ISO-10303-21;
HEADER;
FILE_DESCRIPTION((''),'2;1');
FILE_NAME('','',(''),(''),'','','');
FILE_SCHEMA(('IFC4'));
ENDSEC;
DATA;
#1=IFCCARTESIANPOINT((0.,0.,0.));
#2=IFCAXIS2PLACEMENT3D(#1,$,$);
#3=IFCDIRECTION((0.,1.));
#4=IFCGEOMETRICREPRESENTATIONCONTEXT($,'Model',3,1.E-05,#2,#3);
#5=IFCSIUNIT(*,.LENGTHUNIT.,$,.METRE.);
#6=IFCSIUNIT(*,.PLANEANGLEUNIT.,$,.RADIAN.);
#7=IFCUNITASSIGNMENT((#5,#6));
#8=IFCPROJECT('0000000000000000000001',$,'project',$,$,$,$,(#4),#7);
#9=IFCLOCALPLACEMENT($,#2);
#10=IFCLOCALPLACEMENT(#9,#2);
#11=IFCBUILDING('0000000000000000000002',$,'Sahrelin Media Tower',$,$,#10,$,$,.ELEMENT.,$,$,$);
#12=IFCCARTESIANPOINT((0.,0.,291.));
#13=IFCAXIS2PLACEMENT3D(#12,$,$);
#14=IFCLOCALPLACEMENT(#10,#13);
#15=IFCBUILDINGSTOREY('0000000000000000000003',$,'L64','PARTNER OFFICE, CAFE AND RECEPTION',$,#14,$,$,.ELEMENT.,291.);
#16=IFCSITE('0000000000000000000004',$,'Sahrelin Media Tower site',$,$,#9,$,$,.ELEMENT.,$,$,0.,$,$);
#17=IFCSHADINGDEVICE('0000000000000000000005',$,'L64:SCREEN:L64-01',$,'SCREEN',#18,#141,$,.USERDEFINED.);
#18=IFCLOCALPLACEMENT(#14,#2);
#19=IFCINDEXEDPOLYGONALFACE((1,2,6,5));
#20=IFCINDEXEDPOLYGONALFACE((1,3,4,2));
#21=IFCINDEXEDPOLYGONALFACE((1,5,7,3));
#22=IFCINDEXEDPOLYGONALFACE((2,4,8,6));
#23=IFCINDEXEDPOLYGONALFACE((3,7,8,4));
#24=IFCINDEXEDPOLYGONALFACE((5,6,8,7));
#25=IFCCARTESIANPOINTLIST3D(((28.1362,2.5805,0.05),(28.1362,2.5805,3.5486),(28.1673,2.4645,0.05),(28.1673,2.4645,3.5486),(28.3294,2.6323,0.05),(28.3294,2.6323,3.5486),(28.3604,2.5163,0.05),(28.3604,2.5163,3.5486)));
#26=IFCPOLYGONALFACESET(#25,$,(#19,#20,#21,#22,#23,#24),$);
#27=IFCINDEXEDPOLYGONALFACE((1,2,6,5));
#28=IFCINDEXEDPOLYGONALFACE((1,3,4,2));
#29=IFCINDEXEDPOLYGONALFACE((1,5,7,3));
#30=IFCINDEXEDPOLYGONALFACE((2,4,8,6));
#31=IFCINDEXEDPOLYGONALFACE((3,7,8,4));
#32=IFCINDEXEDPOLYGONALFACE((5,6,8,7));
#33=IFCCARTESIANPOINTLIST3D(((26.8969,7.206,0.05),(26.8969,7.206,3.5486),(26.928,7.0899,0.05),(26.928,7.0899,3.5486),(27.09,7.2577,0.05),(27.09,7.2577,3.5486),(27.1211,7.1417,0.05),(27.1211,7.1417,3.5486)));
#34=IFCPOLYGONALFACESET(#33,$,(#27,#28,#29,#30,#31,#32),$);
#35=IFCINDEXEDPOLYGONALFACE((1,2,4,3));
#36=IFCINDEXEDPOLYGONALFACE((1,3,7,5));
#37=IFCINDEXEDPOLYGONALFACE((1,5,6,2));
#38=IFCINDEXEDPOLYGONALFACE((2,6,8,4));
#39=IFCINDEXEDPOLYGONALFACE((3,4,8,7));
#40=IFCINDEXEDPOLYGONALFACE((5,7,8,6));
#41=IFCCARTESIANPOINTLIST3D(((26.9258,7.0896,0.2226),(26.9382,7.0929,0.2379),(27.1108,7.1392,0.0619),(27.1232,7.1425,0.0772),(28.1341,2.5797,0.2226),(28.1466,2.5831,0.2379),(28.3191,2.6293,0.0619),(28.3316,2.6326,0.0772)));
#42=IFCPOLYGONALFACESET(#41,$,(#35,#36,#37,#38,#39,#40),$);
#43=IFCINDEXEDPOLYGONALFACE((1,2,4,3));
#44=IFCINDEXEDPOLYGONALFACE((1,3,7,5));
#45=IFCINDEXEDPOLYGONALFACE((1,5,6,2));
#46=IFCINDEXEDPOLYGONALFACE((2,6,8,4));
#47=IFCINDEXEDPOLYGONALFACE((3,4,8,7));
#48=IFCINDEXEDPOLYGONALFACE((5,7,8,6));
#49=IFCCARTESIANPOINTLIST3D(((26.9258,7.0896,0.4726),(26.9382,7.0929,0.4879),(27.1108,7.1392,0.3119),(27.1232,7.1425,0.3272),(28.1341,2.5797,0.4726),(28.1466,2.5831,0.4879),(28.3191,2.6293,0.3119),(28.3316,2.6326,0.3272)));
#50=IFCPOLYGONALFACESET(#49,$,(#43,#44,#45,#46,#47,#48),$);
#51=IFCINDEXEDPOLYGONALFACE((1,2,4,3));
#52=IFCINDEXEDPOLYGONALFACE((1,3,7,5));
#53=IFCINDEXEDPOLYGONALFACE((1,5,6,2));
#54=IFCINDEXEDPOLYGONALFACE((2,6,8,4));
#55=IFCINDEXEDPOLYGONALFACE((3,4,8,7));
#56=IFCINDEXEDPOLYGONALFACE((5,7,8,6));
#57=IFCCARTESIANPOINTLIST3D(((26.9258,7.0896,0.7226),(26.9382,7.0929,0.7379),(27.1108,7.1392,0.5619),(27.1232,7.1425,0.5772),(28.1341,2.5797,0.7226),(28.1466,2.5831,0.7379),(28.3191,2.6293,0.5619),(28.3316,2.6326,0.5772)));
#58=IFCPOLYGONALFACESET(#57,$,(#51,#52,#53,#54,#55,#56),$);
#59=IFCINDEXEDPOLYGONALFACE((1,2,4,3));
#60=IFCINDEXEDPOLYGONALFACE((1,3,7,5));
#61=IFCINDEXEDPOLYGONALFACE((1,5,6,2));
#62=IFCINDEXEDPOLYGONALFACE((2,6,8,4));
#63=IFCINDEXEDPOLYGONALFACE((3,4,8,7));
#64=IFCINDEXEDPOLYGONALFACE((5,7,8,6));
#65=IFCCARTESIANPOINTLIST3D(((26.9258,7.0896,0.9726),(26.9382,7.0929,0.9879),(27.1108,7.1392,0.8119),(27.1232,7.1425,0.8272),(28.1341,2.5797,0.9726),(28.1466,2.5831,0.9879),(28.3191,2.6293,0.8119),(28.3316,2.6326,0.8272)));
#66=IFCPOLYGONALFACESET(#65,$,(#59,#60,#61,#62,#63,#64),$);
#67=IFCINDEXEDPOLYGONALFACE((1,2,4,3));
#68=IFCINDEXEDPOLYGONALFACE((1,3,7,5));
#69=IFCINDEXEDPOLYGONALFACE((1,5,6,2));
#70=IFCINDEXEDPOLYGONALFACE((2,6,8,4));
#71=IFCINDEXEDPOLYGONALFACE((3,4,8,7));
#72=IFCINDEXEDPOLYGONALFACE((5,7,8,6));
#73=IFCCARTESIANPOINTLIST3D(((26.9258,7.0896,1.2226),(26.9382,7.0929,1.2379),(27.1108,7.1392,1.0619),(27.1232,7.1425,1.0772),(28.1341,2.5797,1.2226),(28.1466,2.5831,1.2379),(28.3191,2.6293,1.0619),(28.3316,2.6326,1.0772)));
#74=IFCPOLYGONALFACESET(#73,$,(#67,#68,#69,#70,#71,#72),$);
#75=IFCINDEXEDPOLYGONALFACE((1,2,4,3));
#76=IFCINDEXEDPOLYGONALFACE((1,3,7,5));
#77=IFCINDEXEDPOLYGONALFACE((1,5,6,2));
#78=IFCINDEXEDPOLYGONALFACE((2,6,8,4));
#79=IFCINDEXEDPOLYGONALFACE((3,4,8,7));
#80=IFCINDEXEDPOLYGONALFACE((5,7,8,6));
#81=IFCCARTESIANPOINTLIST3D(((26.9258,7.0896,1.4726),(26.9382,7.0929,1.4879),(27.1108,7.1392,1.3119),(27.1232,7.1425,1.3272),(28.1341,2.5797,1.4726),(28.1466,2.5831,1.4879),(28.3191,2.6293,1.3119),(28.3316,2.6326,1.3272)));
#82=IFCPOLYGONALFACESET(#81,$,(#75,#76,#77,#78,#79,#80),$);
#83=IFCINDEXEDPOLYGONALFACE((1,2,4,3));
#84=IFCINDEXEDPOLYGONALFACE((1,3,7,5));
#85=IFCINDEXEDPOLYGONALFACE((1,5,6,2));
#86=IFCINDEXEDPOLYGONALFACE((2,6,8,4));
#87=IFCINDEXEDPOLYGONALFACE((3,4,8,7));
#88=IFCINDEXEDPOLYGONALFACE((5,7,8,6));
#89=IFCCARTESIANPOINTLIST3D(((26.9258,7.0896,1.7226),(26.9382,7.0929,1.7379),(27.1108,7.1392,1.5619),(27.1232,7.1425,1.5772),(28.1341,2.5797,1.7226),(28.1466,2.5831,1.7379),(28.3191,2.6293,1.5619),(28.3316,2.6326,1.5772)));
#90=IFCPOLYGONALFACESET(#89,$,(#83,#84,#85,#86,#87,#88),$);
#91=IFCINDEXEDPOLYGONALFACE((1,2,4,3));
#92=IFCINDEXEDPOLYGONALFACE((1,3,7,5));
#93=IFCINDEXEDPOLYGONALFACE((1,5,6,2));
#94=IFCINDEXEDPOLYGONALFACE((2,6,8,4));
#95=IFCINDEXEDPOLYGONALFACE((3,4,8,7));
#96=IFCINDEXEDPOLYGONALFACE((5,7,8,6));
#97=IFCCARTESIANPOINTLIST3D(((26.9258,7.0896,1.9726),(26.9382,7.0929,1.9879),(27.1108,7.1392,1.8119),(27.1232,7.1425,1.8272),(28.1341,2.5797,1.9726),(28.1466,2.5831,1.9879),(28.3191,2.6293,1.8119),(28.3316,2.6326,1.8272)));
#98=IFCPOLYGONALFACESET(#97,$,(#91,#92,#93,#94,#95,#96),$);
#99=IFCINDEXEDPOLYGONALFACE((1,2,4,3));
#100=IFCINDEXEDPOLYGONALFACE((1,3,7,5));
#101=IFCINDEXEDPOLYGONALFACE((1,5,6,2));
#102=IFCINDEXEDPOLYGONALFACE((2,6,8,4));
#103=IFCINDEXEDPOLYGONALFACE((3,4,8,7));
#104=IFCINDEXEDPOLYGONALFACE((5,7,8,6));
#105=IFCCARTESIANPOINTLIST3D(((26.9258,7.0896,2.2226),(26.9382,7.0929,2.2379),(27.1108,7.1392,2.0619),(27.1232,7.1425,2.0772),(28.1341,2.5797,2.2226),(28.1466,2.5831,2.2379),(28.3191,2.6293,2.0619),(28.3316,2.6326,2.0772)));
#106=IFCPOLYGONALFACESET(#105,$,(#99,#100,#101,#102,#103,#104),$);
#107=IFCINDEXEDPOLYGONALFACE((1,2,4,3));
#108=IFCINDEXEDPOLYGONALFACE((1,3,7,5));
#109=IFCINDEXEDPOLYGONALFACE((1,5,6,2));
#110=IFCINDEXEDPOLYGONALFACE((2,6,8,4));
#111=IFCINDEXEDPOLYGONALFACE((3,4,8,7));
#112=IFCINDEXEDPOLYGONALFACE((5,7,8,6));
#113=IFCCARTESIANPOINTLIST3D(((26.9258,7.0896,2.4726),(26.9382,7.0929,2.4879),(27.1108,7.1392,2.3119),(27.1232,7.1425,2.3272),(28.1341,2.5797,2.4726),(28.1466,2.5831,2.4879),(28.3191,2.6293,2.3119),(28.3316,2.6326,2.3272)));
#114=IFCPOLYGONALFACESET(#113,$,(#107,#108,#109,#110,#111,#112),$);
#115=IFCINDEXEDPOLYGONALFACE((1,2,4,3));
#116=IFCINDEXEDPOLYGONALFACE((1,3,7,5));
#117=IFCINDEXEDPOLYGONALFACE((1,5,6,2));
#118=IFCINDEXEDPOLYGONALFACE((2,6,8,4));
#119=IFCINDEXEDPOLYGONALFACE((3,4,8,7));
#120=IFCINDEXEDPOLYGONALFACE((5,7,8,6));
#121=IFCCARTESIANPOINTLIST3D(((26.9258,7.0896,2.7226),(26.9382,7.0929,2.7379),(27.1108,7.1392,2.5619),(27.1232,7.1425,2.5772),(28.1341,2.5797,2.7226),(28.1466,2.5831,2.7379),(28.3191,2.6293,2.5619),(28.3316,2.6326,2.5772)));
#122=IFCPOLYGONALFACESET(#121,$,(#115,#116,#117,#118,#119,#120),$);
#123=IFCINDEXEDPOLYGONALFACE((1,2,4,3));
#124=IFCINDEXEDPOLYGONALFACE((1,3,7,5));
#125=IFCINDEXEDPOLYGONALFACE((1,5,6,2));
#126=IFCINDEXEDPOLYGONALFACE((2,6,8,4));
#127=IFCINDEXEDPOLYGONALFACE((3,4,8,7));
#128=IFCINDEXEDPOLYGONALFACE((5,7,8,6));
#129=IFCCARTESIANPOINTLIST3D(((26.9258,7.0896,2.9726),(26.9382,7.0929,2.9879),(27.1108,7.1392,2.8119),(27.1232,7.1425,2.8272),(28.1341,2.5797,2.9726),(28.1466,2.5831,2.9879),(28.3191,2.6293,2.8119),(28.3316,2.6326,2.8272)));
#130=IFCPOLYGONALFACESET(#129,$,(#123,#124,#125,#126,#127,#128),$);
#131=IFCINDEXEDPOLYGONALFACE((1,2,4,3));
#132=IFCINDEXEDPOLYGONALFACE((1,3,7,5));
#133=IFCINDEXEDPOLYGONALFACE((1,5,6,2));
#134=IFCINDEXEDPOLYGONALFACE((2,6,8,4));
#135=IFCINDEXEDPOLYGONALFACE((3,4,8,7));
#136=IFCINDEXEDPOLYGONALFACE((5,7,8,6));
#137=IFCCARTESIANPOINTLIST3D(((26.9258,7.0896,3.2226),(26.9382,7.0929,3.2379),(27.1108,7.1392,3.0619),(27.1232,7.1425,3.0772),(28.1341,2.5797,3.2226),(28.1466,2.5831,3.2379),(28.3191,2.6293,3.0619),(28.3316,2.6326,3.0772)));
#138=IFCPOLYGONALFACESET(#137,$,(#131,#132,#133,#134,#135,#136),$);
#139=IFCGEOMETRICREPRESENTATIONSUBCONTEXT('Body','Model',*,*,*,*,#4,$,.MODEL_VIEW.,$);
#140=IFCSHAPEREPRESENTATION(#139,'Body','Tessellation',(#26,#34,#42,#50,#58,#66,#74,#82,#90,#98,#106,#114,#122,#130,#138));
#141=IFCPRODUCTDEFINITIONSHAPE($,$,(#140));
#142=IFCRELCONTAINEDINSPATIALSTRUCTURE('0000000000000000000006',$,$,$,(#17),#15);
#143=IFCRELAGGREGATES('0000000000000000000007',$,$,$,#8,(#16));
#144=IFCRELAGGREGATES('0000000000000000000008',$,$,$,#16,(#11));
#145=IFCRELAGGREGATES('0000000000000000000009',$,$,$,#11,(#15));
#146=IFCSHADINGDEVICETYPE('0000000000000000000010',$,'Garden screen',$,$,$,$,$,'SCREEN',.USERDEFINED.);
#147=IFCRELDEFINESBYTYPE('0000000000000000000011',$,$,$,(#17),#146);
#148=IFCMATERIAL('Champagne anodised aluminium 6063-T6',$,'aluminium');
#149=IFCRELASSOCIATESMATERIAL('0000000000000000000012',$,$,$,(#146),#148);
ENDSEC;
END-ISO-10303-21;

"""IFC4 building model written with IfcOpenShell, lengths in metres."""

from ifc_helpers import new_model, si_unit, direction, frame, origin, origin_2d, place, context, subcontext, project, spatial, rectangle, extrude, material, type_object, element, save


model = new_model("IFC4")

# Units and contexts
model_context = context("Model", 3, precision=1e-05, world=origin(), true_north=direction((0.0, 1.0)))
body_context = subcontext(model_context, "Body", "Model", "MODEL_VIEW")
ifc_project = project(units=[si_unit("LENGTHUNIT", "METRE"), si_unit("PLANEANGLEUNIT", "RADIAN")], contexts=[model_context])

# Site, building, storey
site_placement = place(None, origin())
site = spatial("IfcSite", under=ifc_project, at=site_placement, Name="Sahrelin Media Tower site", CompositionType="ELEMENT", RefElevation=0.0)
building_placement = place(site_placement, origin())
building = spatial("IfcBuilding", under=site, at=building_placement, Name="Sahrelin Media Tower", CompositionType="ELEMENT")
storey_placement = place(building_placement, frame((0.0, 0.0, 291.0)))
storey = spatial("IfcBuildingStorey", under=building, at=storey_placement, Name="L64", Description="PARTNER OFFICE, CAFE AND RECEPTION", CompositionType="ELEMENT", Elevation=291.0)

# Shared definitions
ifc_material_1 = material(Name="Champagne anodised aluminium 6063-T6", Category="aluminium")

# Shading device
shading_device_type_1 = type_object("IfcShadingDeviceType", Name="Garden screen", ElementType="SCREEN", PredefinedType="USERDEFINED", material=ifc_material_1)
shading_device_1_placement = place(storey_placement, frame((27.532, 4.8352, 0.0), z_axis=(0.0, 0.0, 1.0), x_axis=(0.258808, -0.965929, 0.0)))
element("IfcShadingDevice", 1, at=shading_device_1_placement, inside=storey, type_object=shading_device_type_1, Name="L64:SCREEN:L64-01", ObjectType="SCREEN", PredefinedType="USERDEFINED", context=body_context, shape_type="SweptSolid", body=[
    extrude(rectangle(XDim=0.1201, YDim=0.2, at=origin_2d()), frame((2.3943, 0.1001, 0.05), z_axis=(0.0, 0.0, 1.0), x_axis=(1.0, 0.0, 0.0)), (0.0, 0.0, 1.0), 3.4985),
    extrude(rectangle(XDim=0.1201, YDim=0.2, at=origin_2d()), frame((-2.3943, 0.1001, 0.05), z_axis=(0.0, 0.0, 1.0), x_axis=(1.0, 0.0, 0.0)), (0.0, 0.0, 1.0), 3.4985),
    extrude(rectangle(XDim=0.25, YDim=0.02, at=origin_2d()), frame((2.3345, 0.1001, 0.1499), z_axis=(-1.0, 0.0, 0.0), x_axis=(0.0, -0.766044, 0.642788)), (0.0, 0.0, 1.0), 4.6689),
    extrude(rectangle(XDim=0.25, YDim=0.02, at=origin_2d()), frame((2.3345, 0.1001, 0.3999), z_axis=(-1.0, 0.0, 0.0), x_axis=(0.0, -0.766044, 0.642788)), (0.0, 0.0, 1.0), 4.6689),
    extrude(rectangle(XDim=0.25, YDim=0.02, at=origin_2d()), frame((2.3345, 0.1001, 0.6499), z_axis=(-1.0, 0.0, 0.0), x_axis=(0.0, -0.766044, 0.642788)), (0.0, 0.0, 1.0), 4.6689),
    extrude(rectangle(XDim=0.25, YDim=0.02, at=origin_2d()), frame((2.3345, 0.1001, 0.8999), z_axis=(-1.0, 0.0, 0.0), x_axis=(0.0, -0.766044, 0.642788)), (0.0, 0.0, 1.0), 4.6689),
    extrude(rectangle(XDim=0.25, YDim=0.02, at=origin_2d()), frame((2.3345, 0.1001, 1.1499), z_axis=(-1.0, 0.0, 0.0), x_axis=(0.0, -0.766044, 0.642788)), (0.0, 0.0, 1.0), 4.6689),
    extrude(rectangle(XDim=0.25, YDim=0.02, at=origin_2d()), frame((2.3345, 0.1001, 1.3999), z_axis=(-1.0, 0.0, 0.0), x_axis=(0.0, -0.766044, 0.642788)), (0.0, 0.0, 1.0), 4.6689),
    extrude(rectangle(XDim=0.25, YDim=0.02, at=origin_2d()), frame((2.3345, 0.1001, 1.6499), z_axis=(-1.0, 0.0, 0.0), x_axis=(0.0, -0.766044, 0.642788)), (0.0, 0.0, 1.0), 4.6689),
    extrude(rectangle(XDim=0.25, YDim=0.02, at=origin_2d()), frame((2.3345, 0.1001, 1.8999), z_axis=(-1.0, 0.0, 0.0), x_axis=(0.0, -0.766044, 0.642788)), (0.0, 0.0, 1.0), 4.6689),
    extrude(rectangle(XDim=0.25, YDim=0.02, at=origin_2d()), frame((2.3345, 0.1001, 2.1499), z_axis=(-1.0, 0.0, 0.0), x_axis=(0.0, -0.766044, 0.642788)), (0.0, 0.0, 1.0), 4.6689),
    extrude(rectangle(XDim=0.25, YDim=0.02, at=origin_2d()), frame((2.3345, 0.1001, 2.3999), z_axis=(-1.0, 0.0, 0.0), x_axis=(0.0, -0.766044, 0.642788)), (0.0, 0.0, 1.0), 4.6689),
    extrude(rectangle(XDim=0.25, YDim=0.02, at=origin_2d()), frame((2.3345, 0.1001, 2.6499), z_axis=(-1.0, 0.0, 0.0), x_axis=(0.0, -0.766044, 0.642788)), (0.0, 0.0, 1.0), 4.6689),
    extrude(rectangle(XDim=0.25, YDim=0.02, at=origin_2d()), frame((2.3345, 0.1001, 2.8999), z_axis=(-1.0, 0.0, 0.0), x_axis=(0.0, -0.766044, 0.642788)), (0.0, 0.0, 1.0), 4.6689),
    extrude(rectangle(XDim=0.25, YDim=0.02, at=origin_2d()), frame((2.3345, 0.1001, 3.1499), z_axis=(-1.0, 0.0, 0.0), x_axis=(0.0, -0.766044, 0.642788)), (0.0, 0.0, 1.0), 4.6689),
])

save(model, "model.ifc")
